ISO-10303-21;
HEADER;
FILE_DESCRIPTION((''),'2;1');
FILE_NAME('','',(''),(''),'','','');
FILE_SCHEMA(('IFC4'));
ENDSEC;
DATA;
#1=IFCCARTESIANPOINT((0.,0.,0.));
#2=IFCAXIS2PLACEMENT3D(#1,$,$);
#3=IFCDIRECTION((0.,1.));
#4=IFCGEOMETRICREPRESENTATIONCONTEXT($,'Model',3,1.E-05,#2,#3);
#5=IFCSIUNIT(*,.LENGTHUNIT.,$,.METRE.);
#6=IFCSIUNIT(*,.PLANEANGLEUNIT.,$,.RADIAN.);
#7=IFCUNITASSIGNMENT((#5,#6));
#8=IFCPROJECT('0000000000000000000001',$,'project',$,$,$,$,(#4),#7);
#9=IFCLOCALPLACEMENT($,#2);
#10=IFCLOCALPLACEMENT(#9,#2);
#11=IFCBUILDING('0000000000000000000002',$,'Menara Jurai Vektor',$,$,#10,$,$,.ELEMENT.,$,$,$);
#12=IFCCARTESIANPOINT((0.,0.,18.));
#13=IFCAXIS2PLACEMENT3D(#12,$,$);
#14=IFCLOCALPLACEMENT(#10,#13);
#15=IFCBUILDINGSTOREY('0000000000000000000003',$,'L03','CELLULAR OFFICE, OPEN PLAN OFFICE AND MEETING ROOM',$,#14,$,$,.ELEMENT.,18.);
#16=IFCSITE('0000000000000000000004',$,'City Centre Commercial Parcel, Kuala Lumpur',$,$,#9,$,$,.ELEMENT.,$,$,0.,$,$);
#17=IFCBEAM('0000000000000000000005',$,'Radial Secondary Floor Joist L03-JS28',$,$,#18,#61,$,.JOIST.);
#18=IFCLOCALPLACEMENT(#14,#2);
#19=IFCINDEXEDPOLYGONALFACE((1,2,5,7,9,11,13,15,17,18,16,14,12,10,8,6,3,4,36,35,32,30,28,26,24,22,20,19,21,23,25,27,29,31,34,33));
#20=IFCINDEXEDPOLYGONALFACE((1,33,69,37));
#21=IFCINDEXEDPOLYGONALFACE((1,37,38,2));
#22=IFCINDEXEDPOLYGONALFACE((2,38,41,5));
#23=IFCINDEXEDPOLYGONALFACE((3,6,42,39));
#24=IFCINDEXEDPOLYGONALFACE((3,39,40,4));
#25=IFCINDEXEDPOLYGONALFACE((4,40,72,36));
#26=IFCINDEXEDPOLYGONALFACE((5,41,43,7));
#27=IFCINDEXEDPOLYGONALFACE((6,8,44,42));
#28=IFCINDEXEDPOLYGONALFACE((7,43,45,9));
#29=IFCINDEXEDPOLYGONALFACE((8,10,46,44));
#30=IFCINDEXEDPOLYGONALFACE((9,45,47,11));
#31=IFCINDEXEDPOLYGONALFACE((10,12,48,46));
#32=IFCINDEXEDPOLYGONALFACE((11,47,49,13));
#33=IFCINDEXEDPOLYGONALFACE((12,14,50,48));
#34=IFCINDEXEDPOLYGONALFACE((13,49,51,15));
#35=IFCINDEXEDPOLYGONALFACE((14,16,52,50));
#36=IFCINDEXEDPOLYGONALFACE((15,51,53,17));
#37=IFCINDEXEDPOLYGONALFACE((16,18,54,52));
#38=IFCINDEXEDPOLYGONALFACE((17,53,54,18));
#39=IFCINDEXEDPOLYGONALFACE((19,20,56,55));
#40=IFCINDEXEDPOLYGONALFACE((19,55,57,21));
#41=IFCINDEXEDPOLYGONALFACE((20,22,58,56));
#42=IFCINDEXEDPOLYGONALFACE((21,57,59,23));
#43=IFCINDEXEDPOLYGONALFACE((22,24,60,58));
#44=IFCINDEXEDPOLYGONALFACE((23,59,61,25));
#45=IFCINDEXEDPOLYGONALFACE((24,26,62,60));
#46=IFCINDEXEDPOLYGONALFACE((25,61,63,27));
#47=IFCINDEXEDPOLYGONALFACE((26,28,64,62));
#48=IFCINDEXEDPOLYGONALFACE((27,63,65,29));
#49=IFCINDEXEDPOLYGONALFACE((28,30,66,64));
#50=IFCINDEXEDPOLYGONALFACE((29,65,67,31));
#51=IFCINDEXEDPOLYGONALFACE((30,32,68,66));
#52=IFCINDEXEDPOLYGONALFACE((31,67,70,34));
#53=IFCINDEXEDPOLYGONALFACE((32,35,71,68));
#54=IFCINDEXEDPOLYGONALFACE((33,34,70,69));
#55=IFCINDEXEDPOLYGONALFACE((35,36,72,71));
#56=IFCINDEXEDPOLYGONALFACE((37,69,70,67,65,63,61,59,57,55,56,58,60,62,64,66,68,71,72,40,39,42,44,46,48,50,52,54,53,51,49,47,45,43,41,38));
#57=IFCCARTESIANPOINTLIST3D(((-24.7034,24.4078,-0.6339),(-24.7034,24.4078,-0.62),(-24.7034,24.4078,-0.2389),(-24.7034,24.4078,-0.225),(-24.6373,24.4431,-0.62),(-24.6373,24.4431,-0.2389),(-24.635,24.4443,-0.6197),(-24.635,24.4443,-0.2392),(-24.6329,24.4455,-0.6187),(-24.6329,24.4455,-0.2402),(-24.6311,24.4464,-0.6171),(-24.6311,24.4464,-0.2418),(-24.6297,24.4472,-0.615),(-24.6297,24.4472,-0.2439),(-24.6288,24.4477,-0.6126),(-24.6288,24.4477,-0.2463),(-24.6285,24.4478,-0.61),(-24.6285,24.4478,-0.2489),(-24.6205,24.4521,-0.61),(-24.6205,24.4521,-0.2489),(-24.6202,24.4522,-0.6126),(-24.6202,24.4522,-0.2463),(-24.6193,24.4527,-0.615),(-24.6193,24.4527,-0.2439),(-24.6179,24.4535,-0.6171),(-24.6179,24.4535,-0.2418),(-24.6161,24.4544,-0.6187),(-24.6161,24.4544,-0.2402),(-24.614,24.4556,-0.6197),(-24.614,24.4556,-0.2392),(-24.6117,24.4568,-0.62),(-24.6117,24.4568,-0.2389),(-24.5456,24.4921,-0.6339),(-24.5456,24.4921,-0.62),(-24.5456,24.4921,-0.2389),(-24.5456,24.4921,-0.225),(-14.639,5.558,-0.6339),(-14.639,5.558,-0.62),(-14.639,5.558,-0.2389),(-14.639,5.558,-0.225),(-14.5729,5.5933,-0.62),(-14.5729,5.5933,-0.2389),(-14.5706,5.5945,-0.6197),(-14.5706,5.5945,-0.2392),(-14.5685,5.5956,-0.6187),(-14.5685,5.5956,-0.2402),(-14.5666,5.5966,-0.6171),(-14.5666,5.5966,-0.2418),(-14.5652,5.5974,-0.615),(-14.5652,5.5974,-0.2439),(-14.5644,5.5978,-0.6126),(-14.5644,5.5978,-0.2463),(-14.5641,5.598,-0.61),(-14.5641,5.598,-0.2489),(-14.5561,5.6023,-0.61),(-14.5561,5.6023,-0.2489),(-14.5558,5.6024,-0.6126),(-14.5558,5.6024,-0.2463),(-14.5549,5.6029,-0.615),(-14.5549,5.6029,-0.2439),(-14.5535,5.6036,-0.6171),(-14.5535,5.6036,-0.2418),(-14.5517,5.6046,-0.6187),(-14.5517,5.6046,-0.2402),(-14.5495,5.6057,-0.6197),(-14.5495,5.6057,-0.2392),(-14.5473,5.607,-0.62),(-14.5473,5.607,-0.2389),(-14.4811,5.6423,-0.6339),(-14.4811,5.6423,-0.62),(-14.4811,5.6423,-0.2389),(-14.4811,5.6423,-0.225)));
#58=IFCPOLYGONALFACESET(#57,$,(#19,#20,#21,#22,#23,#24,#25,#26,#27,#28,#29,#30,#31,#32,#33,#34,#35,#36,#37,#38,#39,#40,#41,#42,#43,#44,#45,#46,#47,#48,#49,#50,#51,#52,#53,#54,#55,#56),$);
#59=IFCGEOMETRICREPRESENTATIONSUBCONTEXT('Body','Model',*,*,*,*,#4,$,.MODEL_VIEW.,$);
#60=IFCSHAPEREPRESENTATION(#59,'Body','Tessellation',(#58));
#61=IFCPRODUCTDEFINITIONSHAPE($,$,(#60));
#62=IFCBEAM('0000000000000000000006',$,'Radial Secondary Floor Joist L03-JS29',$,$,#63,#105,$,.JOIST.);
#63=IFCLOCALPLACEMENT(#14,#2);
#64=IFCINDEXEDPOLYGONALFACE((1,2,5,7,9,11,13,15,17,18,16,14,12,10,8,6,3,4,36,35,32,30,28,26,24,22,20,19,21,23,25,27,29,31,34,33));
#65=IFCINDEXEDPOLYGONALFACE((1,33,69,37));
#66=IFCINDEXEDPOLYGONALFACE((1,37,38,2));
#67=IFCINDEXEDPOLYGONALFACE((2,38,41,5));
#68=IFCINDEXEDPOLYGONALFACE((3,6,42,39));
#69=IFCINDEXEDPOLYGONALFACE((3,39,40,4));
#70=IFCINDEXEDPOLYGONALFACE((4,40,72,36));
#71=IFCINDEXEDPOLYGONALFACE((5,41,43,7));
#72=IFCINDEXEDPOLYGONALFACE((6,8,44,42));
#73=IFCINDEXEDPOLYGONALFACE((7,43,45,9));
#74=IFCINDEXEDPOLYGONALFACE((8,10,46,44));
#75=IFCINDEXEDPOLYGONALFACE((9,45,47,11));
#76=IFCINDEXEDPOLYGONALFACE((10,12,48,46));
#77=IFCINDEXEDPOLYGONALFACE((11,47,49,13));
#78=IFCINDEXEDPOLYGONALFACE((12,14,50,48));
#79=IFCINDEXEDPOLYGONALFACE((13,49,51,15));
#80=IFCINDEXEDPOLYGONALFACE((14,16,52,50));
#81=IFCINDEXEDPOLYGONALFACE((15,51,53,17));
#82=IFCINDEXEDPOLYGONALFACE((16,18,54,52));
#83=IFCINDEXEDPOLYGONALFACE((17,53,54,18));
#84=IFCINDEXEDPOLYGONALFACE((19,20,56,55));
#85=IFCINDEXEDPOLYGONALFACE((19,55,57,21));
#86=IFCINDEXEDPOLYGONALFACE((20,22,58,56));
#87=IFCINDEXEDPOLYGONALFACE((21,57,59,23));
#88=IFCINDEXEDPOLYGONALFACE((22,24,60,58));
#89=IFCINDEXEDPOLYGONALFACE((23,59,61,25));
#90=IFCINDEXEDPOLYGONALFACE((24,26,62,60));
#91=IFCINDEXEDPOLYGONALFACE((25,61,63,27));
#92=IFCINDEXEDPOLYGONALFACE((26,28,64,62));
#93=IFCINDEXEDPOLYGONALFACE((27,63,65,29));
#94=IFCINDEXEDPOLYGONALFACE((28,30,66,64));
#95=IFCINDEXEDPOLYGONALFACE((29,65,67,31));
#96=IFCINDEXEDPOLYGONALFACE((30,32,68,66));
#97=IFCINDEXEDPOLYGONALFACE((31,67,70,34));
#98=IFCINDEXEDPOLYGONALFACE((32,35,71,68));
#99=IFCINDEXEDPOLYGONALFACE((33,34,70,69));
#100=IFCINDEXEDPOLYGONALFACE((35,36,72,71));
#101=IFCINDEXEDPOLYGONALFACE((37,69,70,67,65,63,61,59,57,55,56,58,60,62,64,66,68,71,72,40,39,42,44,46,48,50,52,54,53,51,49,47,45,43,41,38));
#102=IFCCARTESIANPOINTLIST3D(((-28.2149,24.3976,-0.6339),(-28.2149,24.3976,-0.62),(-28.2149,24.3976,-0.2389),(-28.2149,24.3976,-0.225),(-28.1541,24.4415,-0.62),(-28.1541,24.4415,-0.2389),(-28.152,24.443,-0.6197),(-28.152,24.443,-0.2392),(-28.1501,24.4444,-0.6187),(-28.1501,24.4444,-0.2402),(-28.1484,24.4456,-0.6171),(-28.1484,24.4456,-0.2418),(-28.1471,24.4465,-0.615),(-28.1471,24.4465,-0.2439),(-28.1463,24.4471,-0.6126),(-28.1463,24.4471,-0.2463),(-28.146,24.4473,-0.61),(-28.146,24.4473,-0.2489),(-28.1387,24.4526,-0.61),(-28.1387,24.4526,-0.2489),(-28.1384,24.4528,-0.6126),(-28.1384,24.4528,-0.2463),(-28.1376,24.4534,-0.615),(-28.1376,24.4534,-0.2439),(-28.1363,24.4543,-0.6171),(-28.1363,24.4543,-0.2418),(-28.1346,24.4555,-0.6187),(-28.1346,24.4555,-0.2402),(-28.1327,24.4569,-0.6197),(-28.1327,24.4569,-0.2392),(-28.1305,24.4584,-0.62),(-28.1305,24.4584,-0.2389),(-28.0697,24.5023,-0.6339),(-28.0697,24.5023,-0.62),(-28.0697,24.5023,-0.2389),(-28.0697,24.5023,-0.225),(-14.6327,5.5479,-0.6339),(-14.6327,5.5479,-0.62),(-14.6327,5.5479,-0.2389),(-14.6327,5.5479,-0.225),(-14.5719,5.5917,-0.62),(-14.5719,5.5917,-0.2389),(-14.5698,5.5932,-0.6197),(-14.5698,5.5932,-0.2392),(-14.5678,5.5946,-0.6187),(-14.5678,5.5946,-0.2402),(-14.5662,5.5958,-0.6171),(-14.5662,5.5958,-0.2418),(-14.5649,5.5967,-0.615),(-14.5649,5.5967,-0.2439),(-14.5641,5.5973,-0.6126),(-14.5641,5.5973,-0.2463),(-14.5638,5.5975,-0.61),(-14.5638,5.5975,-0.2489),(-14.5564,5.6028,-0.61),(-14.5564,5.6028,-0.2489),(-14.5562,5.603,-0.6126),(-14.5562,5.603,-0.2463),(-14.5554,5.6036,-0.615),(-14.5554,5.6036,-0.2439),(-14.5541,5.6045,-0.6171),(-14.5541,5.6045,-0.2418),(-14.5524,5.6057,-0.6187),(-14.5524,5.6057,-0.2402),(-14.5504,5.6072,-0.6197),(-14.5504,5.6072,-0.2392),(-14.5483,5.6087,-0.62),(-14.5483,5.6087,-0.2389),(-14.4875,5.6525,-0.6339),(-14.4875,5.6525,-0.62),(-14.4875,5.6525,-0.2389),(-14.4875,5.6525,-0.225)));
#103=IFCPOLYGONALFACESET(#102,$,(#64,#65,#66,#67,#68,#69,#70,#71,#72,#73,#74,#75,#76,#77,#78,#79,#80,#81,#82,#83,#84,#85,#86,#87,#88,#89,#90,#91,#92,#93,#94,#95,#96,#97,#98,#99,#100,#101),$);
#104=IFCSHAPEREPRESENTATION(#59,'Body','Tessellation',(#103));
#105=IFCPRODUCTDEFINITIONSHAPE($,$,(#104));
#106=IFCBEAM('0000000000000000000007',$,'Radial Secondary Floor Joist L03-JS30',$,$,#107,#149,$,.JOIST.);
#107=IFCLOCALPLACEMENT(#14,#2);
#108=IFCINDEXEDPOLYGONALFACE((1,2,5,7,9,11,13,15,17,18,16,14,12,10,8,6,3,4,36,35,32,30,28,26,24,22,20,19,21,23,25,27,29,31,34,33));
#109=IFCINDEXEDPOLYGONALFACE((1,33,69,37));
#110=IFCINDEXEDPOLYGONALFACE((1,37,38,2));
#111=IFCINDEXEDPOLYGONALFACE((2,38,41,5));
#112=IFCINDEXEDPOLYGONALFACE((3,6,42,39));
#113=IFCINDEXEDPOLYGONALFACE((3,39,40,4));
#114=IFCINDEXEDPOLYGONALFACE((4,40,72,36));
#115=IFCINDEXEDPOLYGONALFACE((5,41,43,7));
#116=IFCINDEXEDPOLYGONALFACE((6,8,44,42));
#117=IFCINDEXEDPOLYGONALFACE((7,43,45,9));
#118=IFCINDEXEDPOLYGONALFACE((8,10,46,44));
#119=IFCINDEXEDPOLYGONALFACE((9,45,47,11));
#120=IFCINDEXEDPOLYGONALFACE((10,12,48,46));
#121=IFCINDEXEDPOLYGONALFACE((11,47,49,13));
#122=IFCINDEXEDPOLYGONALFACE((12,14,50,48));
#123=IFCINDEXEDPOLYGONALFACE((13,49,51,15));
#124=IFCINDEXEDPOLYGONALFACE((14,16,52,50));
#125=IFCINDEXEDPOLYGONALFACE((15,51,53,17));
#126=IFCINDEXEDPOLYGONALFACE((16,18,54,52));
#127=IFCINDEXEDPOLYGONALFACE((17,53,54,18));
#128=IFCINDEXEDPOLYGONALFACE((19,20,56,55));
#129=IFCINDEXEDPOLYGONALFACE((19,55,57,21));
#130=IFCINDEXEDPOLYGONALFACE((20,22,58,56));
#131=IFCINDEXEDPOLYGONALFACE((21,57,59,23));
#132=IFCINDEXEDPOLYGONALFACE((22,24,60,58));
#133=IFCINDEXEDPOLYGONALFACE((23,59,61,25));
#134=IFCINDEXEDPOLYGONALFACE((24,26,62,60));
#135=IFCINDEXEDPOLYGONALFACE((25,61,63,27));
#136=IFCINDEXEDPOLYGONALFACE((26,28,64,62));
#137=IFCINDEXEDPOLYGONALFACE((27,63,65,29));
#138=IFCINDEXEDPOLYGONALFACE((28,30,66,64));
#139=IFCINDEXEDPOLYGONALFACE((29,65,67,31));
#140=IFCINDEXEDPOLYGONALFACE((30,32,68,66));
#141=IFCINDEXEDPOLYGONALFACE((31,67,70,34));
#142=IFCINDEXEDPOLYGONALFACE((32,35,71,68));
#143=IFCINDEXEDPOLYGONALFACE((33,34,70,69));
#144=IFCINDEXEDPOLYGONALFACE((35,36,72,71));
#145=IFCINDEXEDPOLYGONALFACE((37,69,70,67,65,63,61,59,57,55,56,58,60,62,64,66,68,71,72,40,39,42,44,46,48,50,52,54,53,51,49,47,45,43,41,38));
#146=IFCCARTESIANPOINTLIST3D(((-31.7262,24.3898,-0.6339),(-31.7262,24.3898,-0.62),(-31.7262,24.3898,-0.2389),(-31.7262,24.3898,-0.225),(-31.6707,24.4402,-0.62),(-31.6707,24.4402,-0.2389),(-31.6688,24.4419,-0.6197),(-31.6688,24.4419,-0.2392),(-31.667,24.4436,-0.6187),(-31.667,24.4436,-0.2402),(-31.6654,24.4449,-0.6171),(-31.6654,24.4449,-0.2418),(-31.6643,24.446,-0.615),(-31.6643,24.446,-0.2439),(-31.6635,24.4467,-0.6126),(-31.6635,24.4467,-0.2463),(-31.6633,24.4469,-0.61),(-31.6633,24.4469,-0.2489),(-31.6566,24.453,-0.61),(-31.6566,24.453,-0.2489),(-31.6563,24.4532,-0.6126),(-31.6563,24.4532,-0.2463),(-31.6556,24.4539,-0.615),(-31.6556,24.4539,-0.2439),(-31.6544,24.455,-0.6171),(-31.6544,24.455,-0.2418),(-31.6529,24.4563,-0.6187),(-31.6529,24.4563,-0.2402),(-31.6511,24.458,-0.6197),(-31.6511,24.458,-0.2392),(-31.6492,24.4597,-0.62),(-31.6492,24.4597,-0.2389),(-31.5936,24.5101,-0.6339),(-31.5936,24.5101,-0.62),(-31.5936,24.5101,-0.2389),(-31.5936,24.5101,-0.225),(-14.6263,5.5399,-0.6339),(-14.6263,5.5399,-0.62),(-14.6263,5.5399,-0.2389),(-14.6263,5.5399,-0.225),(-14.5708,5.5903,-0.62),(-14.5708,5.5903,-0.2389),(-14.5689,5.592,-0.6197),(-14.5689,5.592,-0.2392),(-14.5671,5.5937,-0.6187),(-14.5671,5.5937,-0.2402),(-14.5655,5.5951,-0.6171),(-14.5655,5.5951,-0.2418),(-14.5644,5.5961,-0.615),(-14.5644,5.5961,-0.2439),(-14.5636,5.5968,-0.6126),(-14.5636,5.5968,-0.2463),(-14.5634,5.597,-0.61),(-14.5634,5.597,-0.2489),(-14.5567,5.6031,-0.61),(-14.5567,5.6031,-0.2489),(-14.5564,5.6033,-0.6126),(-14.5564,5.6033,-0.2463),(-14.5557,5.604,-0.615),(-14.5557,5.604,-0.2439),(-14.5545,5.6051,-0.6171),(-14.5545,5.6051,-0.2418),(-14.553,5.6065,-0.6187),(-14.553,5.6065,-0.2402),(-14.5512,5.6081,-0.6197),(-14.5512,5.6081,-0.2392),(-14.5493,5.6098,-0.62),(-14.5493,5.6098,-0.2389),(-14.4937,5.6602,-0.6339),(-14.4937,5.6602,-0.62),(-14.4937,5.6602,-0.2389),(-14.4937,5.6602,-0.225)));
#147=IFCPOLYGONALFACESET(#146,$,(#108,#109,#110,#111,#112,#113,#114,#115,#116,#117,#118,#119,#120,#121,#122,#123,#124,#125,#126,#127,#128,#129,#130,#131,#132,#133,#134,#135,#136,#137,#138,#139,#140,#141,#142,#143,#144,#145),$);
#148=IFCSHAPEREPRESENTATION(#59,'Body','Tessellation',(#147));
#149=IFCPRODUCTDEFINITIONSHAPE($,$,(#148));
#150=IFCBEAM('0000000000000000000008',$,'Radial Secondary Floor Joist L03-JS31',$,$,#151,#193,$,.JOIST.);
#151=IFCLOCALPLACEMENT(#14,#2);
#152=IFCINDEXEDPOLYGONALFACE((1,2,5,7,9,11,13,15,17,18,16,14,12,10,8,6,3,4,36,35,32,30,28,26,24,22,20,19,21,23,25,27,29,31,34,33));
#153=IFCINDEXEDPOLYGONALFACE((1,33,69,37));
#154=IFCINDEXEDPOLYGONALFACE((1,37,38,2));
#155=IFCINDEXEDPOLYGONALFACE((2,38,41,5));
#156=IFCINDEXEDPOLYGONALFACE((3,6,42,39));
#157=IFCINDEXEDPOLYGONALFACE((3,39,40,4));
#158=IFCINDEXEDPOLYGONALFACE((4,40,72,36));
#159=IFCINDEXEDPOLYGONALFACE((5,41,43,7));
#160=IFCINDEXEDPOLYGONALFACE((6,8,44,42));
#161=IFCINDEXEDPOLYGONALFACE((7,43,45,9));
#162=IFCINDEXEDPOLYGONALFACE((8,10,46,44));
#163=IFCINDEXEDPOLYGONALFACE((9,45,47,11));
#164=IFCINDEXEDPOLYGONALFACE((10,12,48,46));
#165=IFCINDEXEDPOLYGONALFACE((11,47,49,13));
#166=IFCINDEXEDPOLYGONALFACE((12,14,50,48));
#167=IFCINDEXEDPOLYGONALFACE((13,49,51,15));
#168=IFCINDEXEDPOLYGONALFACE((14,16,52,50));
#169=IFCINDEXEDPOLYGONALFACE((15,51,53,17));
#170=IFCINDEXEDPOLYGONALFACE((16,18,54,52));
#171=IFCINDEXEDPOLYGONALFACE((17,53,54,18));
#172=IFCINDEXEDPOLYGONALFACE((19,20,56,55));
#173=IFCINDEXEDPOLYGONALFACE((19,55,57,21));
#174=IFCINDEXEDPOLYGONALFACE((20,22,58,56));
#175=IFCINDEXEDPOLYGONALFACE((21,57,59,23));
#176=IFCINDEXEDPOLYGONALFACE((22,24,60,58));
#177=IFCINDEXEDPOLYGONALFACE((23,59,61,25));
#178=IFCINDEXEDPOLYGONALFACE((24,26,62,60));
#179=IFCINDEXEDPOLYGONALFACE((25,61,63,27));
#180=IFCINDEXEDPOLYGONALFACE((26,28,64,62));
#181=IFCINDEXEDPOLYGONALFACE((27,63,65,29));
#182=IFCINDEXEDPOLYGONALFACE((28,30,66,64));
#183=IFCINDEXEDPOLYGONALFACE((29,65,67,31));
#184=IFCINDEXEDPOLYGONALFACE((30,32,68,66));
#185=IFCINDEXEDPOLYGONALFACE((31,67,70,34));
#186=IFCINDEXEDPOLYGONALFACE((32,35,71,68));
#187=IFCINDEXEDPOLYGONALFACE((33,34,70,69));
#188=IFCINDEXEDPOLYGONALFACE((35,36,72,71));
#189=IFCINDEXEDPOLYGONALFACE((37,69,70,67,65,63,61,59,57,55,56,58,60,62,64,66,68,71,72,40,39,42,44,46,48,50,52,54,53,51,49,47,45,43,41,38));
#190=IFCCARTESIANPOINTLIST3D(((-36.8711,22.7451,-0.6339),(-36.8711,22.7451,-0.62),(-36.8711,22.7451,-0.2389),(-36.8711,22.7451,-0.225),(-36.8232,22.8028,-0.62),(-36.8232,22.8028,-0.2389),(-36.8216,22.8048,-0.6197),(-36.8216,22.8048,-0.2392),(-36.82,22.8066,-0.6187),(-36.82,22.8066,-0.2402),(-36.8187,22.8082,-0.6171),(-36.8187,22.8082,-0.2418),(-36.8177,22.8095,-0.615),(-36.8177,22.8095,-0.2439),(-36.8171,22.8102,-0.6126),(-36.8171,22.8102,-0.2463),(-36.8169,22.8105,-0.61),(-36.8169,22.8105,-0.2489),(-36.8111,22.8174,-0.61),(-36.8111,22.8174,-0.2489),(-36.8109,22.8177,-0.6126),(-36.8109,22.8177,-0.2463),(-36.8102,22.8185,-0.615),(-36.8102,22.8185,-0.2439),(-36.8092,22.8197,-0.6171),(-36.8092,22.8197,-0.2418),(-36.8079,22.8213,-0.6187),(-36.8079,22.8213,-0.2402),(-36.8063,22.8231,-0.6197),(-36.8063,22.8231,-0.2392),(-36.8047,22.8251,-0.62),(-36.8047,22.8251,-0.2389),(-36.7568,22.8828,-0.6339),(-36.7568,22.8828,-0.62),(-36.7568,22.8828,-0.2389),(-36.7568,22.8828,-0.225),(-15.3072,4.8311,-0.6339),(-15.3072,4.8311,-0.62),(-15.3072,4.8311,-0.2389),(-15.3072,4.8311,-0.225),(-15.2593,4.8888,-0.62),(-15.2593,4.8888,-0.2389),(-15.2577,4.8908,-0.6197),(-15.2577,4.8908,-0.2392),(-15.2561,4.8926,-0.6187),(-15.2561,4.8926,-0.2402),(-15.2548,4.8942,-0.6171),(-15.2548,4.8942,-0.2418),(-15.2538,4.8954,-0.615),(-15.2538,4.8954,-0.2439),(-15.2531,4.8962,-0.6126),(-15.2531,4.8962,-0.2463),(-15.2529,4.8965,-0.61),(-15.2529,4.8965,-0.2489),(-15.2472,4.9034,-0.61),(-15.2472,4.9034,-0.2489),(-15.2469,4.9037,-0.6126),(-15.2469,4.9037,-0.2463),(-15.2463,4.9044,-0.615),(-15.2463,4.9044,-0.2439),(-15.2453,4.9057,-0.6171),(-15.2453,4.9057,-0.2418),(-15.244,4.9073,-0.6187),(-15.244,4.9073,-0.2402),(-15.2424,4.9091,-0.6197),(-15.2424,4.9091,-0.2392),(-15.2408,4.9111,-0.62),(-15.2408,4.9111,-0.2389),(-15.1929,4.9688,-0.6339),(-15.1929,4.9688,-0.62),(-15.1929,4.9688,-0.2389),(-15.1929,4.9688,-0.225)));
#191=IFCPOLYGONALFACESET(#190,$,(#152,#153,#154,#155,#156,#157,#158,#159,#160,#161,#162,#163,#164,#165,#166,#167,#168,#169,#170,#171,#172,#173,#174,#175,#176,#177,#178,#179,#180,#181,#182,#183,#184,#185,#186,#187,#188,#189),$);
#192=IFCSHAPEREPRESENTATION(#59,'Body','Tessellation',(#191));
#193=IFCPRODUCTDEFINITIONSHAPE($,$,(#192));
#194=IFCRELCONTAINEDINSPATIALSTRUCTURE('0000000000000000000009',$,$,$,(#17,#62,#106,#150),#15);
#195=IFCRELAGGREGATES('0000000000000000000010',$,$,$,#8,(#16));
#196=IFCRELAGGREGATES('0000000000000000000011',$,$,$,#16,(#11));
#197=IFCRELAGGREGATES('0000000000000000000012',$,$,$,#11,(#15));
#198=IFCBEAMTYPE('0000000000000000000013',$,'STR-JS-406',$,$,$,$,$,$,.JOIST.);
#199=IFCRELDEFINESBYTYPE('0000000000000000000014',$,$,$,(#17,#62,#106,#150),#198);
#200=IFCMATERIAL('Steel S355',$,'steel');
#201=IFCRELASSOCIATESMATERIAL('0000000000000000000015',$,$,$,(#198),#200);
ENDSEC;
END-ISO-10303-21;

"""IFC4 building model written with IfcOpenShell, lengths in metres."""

from ifc_helpers import new_model, si_unit, direction, frame, origin, origin_2d, place, context, subcontext, project, spatial, i_section, extrude, material, material_profile, profile_set, type_object, element, save


model = new_model("IFC4")

# Units and contexts
model_context = context("Model", 3, precision=1e-05, world=origin(), true_north=direction((0.0, 1.0)))
body_context = subcontext(model_context, "Body", "Model", "MODEL_VIEW")
ifc_project = project(units=[si_unit("LENGTHUNIT", "METRE"), si_unit("PLANEANGLEUNIT", "RADIAN")], contexts=[model_context])

# Site, building, storey
site_placement = place(None, origin())
site = spatial("IfcSite", under=ifc_project, at=site_placement, Name="City Centre Commercial Parcel, Kuala Lumpur", CompositionType="ELEMENT", RefElevation=0.0)
building_placement = place(site_placement, origin())
building = spatial("IfcBuilding", under=site, at=building_placement, Name="Menara Jurai Vektor", CompositionType="ELEMENT")
storey_placement = place(building_placement, frame((0.0, 0.0, 18.0)))
storey = spatial("IfcBuildingStorey", under=building, at=storey_placement, Name="L03", Description="CELLULAR OFFICE, OPEN PLAN OFFICE AND MEETING ROOM", CompositionType="ELEMENT", Elevation=18.0)

# Shared definitions
ifc_material_1 = material(Name="Steel S355", Category="steel")

# Beams
ifc_material_profile_1 = material_profile(ifc_material_1, i_section(OverallWidth=0.179, OverallDepth=0.4089, WebThickness=0.009, FlangeThickness=0.0139, FilletRadius=0.01, at=origin_2d()), Name="UKB 406x178x67")
ifc_profile_set_1 = profile_set([ifc_material_profile_1], Name="Steel S355")
beam_type_1 = type_object("IfcBeamType", Name="STR-JS-406", PredefinedType="JOIST", material=ifc_profile_set_1)
beam_1_placement = place(storey_placement, frame((-24.6245, 24.45, -0.4294), z_axis=(0.470996, -0.882135, 0.0), x_axis=(0.882135, 0.470996, 0.0)))
element("IfcBeam", 1, at=beam_1_placement, inside=storey, type_object=beam_type_1, Name="Radial Secondary Floor Joist L03-JS28", PredefinedType="JOIST", context=body_context, shape_type="SweptSolid", body=[
    extrude(i_section(OverallWidth=0.179, OverallDepth=0.4089, WebThickness=0.009, FlangeThickness=0.0139, FilletRadius=0.01, at=origin_2d()), origin(), (0.0, 0.0, 1.0), 21.3684),
])
beam_2_placement = place(storey_placement, frame((-28.1423, 24.45, -0.4294), z_axis=(0.584599, -0.811322, 0.0), x_axis=(0.811322, 0.584599, 0.0)))
element("IfcBeam", 2, at=beam_2_placement, inside=storey, type_object=beam_type_1, Name="Radial Secondary Floor Joist L03-JS29", PredefinedType="JOIST", context=body_context, shape_type="SweptSolid", body=[
    extrude(i_section(OverallWidth=0.179, OverallDepth=0.4089, WebThickness=0.009, FlangeThickness=0.0139, FilletRadius=0.01, at=origin_2d()), origin(), (0.0, 0.0, 1.0), 23.2334),
])
beam_3_placement = place(storey_placement, frame((-31.6599, 24.45, -0.4294), z_axis=(0.67189, -0.740651, 0.0), x_axis=(0.740651, 0.67189, 0.0)))
element("IfcBeam", 3, at=beam_3_placement, inside=storey, type_object=beam_type_1, Name="Radial Secondary Floor Joist L03-JS30", PredefinedType="JOIST", context=body_context, shape_type="SweptSolid", body=[
    extrude(i_section(OverallWidth=0.179, OverallDepth=0.4089, WebThickness=0.009, FlangeThickness=0.0139, FilletRadius=0.01, at=origin_2d()), origin(), (0.0, 0.0, 1.0), 25.4504),
])
beam_4_placement = place(storey_placement, frame((-36.814, 22.814, -0.4294), z_axis=(0.769201, -0.639007, 0.0), x_axis=(0.639007, 0.769201, 0.0)))
element("IfcBeam", 4, at=beam_4_placement, inside=storey, type_object=beam_type_1, Name="Radial Secondary Floor Joist L03-JS31", PredefinedType="JOIST", context=body_context, shape_type="SweptSolid", body=[
    extrude(i_section(OverallWidth=0.179, OverallDepth=0.4089, WebThickness=0.009, FlangeThickness=0.0139, FilletRadius=0.01, at=origin_2d()), origin(), (0.0, 0.0, 1.0), 28.0342),
])

save(model, "model.ifc")
